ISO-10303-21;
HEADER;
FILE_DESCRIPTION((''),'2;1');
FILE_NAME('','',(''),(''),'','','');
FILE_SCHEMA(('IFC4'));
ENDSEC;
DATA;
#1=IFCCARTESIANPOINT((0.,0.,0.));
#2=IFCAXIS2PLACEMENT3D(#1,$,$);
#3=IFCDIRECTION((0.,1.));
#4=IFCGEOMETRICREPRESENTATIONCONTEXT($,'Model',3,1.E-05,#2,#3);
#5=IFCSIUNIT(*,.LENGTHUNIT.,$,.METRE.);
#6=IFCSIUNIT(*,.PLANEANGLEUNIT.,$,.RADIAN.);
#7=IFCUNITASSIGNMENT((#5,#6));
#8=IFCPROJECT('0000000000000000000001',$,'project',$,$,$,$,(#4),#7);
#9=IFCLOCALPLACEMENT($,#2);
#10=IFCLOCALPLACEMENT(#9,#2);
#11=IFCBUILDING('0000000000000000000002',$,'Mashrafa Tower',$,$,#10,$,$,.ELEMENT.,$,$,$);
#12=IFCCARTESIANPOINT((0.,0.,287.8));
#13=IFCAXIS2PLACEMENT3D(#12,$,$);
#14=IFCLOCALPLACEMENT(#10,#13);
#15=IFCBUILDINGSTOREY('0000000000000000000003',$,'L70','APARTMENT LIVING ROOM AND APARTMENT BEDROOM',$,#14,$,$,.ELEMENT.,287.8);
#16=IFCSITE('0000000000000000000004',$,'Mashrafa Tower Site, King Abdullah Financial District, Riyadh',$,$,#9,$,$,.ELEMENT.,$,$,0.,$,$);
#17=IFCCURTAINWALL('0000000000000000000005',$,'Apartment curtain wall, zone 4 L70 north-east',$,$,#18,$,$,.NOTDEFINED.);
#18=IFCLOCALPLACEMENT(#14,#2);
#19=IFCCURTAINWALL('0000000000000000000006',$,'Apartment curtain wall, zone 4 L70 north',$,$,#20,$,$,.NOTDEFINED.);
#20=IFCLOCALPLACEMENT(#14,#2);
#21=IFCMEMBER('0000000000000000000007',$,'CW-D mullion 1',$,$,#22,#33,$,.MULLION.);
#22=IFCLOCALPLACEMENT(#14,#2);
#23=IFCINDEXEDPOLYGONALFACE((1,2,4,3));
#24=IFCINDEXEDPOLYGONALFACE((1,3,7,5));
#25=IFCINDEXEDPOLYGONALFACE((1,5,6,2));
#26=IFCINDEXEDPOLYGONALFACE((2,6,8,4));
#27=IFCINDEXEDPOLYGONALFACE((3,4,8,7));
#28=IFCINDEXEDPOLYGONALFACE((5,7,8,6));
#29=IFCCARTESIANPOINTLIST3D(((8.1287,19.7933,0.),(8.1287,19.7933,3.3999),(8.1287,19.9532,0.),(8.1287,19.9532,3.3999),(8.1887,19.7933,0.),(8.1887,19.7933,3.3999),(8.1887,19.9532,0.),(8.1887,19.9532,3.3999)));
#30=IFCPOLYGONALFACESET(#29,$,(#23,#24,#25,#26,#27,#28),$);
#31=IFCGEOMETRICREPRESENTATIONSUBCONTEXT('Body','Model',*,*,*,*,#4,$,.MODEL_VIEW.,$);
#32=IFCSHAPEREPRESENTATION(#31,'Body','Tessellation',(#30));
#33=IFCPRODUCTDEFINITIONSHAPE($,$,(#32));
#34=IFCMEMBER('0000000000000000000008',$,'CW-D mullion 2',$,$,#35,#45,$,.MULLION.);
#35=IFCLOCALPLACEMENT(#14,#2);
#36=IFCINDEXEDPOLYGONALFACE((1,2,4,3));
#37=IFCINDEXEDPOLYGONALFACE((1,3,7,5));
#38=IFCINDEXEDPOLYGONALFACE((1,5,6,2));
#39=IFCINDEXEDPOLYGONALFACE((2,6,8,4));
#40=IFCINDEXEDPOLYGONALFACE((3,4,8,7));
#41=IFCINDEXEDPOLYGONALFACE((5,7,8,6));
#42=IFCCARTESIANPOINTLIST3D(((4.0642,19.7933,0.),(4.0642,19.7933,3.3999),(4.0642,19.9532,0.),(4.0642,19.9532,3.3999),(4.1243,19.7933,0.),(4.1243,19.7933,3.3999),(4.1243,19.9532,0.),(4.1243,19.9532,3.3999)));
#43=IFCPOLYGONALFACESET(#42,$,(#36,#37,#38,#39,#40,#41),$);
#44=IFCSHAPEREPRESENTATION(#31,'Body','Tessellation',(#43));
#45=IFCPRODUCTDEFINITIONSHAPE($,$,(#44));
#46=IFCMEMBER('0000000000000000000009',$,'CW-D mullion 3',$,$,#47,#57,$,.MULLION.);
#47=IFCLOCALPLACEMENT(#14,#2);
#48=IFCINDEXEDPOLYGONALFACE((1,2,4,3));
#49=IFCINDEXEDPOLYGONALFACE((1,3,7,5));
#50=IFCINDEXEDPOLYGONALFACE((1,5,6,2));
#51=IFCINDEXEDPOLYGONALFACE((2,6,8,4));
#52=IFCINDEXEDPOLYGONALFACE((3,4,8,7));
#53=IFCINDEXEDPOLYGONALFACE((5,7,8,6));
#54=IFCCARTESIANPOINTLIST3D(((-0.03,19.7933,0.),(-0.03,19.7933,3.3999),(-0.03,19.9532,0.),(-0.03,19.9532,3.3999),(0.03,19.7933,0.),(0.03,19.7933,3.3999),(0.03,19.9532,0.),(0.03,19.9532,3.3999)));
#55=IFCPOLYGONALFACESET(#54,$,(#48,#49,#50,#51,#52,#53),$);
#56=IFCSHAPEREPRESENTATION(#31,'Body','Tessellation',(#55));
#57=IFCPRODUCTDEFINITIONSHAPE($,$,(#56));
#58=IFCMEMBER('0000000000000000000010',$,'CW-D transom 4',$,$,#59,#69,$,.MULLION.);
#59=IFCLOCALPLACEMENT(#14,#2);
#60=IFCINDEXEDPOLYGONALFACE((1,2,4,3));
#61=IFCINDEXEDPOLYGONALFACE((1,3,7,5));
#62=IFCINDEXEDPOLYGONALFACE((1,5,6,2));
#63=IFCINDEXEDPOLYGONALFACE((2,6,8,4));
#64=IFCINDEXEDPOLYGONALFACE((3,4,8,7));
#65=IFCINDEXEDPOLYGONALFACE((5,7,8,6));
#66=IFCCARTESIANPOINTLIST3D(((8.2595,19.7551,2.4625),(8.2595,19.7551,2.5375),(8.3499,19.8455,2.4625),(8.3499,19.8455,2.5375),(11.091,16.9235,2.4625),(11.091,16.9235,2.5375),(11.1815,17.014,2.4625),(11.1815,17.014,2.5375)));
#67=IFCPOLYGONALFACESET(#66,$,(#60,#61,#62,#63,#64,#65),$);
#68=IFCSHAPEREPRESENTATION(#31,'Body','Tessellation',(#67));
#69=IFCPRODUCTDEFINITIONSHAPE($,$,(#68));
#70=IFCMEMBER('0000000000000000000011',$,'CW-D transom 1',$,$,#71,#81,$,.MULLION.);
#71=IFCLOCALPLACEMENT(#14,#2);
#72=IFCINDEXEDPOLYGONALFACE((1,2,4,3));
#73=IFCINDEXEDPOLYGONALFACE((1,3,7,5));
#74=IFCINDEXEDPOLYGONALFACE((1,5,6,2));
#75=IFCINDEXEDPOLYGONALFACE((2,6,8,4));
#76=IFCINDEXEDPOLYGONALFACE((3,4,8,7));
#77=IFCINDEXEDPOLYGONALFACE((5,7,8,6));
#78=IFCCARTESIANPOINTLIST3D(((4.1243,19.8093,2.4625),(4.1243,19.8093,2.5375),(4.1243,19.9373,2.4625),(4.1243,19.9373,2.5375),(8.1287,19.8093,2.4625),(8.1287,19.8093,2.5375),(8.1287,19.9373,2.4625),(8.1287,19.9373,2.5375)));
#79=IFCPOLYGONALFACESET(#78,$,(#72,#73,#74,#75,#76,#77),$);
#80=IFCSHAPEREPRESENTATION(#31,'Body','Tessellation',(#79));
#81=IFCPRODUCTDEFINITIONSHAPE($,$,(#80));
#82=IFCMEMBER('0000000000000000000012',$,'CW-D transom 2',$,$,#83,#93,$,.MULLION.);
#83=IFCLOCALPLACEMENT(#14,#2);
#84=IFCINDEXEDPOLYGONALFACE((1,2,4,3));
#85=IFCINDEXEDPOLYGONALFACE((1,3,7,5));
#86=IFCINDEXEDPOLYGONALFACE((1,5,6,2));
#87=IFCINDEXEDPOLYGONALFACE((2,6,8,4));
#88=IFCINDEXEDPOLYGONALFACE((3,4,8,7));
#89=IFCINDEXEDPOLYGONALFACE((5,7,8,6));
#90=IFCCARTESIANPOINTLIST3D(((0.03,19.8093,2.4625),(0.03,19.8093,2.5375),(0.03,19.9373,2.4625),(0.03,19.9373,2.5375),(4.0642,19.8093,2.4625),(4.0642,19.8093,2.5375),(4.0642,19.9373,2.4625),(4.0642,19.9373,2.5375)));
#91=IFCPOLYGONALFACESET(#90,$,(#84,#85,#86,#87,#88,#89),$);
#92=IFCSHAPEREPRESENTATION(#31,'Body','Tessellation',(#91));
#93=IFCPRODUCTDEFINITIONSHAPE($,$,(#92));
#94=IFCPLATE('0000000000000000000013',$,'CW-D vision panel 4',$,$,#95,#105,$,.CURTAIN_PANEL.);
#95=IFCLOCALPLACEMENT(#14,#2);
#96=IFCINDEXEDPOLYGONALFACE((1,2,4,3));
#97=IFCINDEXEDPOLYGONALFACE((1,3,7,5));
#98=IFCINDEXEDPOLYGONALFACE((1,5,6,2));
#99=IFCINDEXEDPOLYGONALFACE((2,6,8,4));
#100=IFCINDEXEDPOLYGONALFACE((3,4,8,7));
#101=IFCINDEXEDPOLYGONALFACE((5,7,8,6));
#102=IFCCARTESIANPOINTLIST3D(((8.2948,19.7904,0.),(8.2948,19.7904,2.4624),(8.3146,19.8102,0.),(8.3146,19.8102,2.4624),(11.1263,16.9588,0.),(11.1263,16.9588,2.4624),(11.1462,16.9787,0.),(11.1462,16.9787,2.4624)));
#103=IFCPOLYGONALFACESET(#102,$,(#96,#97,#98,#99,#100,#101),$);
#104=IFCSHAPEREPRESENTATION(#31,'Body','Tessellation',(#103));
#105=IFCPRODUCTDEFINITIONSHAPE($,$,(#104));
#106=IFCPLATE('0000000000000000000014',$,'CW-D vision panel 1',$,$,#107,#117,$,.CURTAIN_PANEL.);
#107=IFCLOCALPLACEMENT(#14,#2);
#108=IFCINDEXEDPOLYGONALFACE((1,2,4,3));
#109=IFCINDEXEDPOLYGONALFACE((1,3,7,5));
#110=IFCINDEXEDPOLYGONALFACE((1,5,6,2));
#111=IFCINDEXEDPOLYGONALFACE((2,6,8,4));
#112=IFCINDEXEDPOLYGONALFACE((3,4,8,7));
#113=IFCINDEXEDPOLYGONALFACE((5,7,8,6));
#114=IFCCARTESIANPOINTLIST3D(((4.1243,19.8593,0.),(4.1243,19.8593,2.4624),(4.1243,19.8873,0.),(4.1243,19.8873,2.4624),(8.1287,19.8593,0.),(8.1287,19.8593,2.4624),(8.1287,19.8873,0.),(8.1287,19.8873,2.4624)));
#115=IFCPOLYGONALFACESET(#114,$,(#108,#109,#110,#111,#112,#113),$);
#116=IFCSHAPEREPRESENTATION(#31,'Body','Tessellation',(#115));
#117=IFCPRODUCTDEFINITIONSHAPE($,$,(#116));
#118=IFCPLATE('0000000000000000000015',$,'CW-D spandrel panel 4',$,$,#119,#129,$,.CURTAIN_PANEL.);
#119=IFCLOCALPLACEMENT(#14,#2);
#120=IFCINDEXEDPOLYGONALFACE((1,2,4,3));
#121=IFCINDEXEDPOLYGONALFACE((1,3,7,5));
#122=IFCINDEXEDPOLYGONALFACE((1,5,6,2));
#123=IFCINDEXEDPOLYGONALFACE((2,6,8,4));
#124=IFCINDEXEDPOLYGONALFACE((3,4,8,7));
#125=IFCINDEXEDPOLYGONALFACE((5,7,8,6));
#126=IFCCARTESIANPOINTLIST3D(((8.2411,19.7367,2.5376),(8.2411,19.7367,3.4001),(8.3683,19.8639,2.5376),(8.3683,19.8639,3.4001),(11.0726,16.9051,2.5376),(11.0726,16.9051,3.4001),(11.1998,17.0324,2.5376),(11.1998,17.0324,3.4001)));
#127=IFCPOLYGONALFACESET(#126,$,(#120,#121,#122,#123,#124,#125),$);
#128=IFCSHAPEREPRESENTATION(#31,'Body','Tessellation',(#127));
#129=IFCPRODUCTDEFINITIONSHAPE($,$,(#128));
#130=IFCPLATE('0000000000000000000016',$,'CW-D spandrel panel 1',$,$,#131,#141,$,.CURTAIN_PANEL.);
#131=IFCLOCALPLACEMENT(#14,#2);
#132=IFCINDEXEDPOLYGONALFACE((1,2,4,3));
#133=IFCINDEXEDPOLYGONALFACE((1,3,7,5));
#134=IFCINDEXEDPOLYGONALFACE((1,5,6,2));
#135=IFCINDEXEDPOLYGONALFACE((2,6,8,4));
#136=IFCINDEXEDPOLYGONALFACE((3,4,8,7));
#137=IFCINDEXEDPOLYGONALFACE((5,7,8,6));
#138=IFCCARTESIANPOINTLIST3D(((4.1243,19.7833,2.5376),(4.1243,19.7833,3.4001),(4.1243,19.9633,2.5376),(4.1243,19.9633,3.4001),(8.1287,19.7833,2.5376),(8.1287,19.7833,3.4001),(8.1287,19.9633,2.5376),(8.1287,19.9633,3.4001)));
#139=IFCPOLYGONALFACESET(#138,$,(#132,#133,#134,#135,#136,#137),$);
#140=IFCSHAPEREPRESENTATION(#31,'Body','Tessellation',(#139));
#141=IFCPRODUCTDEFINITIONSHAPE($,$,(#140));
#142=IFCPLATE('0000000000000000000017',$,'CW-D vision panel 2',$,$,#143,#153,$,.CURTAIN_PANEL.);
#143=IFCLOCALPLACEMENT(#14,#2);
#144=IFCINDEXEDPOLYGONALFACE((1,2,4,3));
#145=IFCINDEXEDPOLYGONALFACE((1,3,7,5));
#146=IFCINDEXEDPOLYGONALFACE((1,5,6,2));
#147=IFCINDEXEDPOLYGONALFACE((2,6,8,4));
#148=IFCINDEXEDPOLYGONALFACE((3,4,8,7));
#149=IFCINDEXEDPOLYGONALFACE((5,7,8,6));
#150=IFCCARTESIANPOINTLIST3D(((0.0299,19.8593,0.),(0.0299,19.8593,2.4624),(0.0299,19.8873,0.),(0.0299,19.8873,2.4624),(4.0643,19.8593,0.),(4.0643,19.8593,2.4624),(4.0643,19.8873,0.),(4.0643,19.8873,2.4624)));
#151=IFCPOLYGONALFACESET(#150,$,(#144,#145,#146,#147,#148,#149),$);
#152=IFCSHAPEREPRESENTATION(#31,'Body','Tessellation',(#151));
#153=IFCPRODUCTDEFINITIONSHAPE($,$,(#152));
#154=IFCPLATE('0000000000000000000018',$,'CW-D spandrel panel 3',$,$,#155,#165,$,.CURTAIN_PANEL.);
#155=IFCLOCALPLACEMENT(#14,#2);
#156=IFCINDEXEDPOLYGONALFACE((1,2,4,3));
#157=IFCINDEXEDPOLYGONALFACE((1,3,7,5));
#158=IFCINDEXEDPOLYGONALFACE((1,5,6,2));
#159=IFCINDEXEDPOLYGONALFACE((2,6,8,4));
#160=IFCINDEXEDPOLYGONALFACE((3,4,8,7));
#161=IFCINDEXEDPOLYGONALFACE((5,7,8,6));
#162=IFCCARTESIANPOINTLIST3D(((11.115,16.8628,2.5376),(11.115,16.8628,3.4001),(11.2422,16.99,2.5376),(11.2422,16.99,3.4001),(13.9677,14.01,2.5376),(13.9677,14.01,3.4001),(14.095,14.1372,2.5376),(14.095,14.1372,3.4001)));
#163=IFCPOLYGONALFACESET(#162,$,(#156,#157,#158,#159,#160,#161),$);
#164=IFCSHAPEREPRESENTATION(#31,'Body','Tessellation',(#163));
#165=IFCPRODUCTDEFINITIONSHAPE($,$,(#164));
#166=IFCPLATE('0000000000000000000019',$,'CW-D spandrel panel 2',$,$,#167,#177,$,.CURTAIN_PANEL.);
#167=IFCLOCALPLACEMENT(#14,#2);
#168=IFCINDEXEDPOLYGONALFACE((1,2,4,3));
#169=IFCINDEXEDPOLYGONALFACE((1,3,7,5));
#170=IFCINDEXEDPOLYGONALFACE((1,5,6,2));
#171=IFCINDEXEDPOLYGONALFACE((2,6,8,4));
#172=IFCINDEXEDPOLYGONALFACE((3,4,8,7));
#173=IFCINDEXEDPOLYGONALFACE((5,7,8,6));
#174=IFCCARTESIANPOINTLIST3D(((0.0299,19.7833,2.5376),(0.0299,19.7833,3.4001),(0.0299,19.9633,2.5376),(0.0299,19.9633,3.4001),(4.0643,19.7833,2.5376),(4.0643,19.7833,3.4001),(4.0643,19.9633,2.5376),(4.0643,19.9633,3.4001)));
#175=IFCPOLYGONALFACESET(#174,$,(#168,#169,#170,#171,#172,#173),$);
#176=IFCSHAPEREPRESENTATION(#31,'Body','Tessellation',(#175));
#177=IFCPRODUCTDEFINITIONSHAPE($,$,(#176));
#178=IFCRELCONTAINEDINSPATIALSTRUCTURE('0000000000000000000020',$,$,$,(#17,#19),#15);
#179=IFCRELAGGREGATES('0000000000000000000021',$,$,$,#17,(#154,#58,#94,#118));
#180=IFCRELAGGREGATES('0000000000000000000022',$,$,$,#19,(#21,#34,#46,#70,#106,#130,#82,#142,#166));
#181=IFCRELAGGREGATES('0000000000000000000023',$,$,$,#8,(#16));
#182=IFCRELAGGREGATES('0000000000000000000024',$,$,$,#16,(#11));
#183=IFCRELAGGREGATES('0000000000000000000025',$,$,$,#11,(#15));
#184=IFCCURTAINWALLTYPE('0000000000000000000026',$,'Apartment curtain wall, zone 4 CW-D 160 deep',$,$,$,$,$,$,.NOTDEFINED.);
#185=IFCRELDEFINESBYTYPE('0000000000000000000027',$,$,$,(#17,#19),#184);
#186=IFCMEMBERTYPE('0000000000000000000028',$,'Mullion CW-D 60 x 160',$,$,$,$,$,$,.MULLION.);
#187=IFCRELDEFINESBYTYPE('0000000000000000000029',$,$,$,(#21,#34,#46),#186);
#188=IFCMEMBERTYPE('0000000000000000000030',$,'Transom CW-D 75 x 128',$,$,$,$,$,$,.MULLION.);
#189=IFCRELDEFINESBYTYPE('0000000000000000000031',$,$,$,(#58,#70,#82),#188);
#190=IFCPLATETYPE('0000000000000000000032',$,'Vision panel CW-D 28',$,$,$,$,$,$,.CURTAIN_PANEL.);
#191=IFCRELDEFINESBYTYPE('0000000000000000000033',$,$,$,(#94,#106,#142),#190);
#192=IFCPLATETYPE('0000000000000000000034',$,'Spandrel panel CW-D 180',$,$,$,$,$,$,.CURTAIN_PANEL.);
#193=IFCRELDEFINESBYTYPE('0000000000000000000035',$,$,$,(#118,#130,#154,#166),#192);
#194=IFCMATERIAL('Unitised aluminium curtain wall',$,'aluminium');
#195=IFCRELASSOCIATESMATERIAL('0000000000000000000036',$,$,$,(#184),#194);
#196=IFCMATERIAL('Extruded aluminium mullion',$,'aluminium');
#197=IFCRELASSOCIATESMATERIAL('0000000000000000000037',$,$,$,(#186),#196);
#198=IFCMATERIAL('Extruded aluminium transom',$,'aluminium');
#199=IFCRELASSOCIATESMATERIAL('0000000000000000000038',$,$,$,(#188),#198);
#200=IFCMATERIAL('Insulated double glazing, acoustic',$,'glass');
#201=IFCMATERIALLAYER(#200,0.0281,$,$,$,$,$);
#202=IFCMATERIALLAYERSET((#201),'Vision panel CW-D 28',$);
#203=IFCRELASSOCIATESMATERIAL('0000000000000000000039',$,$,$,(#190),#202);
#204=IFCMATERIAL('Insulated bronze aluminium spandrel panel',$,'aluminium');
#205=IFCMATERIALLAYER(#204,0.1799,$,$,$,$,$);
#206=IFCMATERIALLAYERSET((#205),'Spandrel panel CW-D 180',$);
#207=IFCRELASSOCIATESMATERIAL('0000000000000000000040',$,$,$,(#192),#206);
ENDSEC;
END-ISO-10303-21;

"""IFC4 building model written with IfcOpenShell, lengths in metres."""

from ifc_helpers import new_model, si_unit, direction, frame, origin, origin_2d, place, context, subcontext, project, spatial, rectangle, extrude, source, transform, mapped, material, layer, layer_set, material_profile, profile_set, type_object, type_shapes, element, aggregate, save


model = new_model("IFC4")

# Units and contexts
model_context = context("Model", 3, precision=1e-05, world=origin(), true_north=direction((0.0, 1.0)))
body_context = subcontext(model_context, "Body", "Model", "MODEL_VIEW")
ifc_project = project(units=[si_unit("LENGTHUNIT", "METRE"), si_unit("PLANEANGLEUNIT", "RADIAN")], contexts=[model_context])

# Site, building, storey
site_placement = place(None, origin())
site = spatial("IfcSite", under=ifc_project, at=site_placement, Name="Mashrafa Tower Site, King Abdullah Financial District, Riyadh", CompositionType="ELEMENT", RefElevation=0.0)
building_placement = place(site_placement, origin())
building = spatial("IfcBuilding", under=site, at=building_placement, Name="Mashrafa Tower", CompositionType="ELEMENT")
storey_placement = place(building_placement, frame((0.0, 0.0, 287.8)))
storey = spatial("IfcBuildingStorey", under=building, at=storey_placement, Name="L70", Description="APARTMENT LIVING ROOM AND APARTMENT BEDROOM", CompositionType="ELEMENT", Elevation=287.8)

# Curtain walls, members
ifc_material_1 = material(Name="Unitised aluminium curtain wall", Category="aluminium")
curtain_wall_type = type_object("IfcCurtainWallType", Name="Apartment curtain wall, zone 4 CW-D 160 deep", PredefinedType="NOTDEFINED", material=ifc_material_1)
curtain_wall_1_placement = place(storey_placement, origin())
curtain_wall_1 = element("IfcCurtainWall", 1, at=curtain_wall_1_placement, inside=storey, type_object=curtain_wall_type, Name="Apartment curtain wall, zone 4 L70 north-east", PredefinedType="NOTDEFINED")
ifc_material_2 = material(Name="Extruded aluminium mullion", Category="aluminium")
ifc_material_profile_1 = material_profile(ifc_material_2, rectangle(XDim=0.1599, YDim=0.0601, at=origin_2d()), Name="Mullion 60x160")
ifc_profile_set_1 = profile_set([ifc_material_profile_1], Name="Extruded aluminium mullion")
member_type_1 = type_object("IfcMemberType", Name="Mullion CW-D 60 x 160", PredefinedType="MULLION", material=ifc_profile_set_1)
shared_shape_1 = source(origin(), body_context, "Body", "SweptSolid", [
    extrude(rectangle(XDim=0.1599, YDim=0.0601, at=origin_2d()), origin(), (0.0, 0.0, 1.0), 3.3999),
])
type_shapes(member_type_1, [shared_shape_1])
curtain_wall_2_placement = place(storey_placement, origin())
curtain_wall_2 = element("IfcCurtainWall", 2, at=curtain_wall_2_placement, inside=storey, type_object=curtain_wall_type, Name="Apartment curtain wall, zone 4 L70 north", PredefinedType="NOTDEFINED")
member_1_placement = place(storey_placement, frame((8.1587, 19.8733, 0.0), z_axis=(0.0, 0.0, 1.0), x_axis=(0.0, -1.0, 0.0)))
member_1 = element("IfcMember", 3, at=member_1_placement, type_object=member_type_1, Name="CW-D mullion 1", PredefinedType="MULLION", context=body_context, shape_type="MappedRepresentation", body=[
    mapped(shared_shape_1, transform((0.0, 0.0, 0.0))),
])
member_2_placement = place(storey_placement, frame((4.0942, 19.8733, 0.0), z_axis=(0.0, 0.0, 1.0), x_axis=(0.0, -1.0, 0.0)))
member_2 = element("IfcMember", 4, at=member_2_placement, type_object=member_type_1, Name="CW-D mullion 2", PredefinedType="MULLION", context=body_context, shape_type="MappedRepresentation", body=[
    mapped(shared_shape_1, transform((0.0, 0.0, 0.0))),
])
member_3_placement = place(storey_placement, frame((0.0, 19.8733, 0.0), z_axis=(0.0, 0.0, 1.0), x_axis=(0.0, -1.0, 0.0)))
member_3 = element("IfcMember", 5, at=member_3_placement, type_object=member_type_1, Name="CW-D mullion 3", PredefinedType="MULLION", context=body_context, shape_type="MappedRepresentation", body=[
    mapped(shared_shape_1, transform((0.0, 0.0, 0.0))),
])

# Members
ifc_material_3 = material(Name="Extruded aluminium transom", Category="aluminium")
ifc_material_profile_2 = material_profile(ifc_material_3, rectangle(XDim=0.1279, YDim=0.075, at=origin_2d()), Name="Transom 75x128")
ifc_profile_set_2 = profile_set([ifc_material_profile_2], Name="Extruded aluminium transom")
member_type_2 = type_object("IfcMemberType", Name="Transom CW-D 75 x 128", PredefinedType="MULLION", material=ifc_profile_set_2)
shared_shape_2 = source(origin(), body_context, "Body", "SweptSolid", [
    extrude(rectangle(XDim=0.1279, YDim=0.075, at=origin_2d()), origin(), (0.0, 0.0, 1.0), 4.0044),
])
member_4_placement = place(storey_placement, frame((11.1362, 16.9688, 2.5), z_axis=(-0.707107, 0.707107, 0.0), x_axis=(-0.707107, -0.707107, 0.0)))
member_4 = element("IfcMember", 6, at=member_4_placement, type_object=member_type_2, Name="CW-D transom 4", PredefinedType="MULLION", context=body_context, shape_type="MappedRepresentation", body=[
    mapped(shared_shape_2, transform((0.0, 0.0, 0.0))),
])
member_5_placement = place(storey_placement, frame((8.1287, 19.8733, 2.5), z_axis=(-1.0, 0.0, 0.0), x_axis=(0.0, -1.0, 0.0)))
member_5 = element("IfcMember", 7, at=member_5_placement, type_object=member_type_2, Name="CW-D transom 1", PredefinedType="MULLION", context=body_context, shape_type="MappedRepresentation", body=[
    mapped(shared_shape_2, transform((0.0, 0.0, 0.0))),
])
shared_shape_3 = source(origin(), body_context, "Body", "SweptSolid", [
    extrude(rectangle(XDim=0.1279, YDim=0.075, at=origin_2d()), origin(), (0.0, 0.0, 1.0), 4.0342),
])
type_shapes(member_type_2, [shared_shape_2, shared_shape_3])
member_6_placement = place(storey_placement, frame((4.0642, 19.8733, 2.5), z_axis=(-1.0, 0.0, 0.0), x_axis=(0.0, -1.0, 0.0)))
member_6 = element("IfcMember", 8, at=member_6_placement, type_object=member_type_2, Name="CW-D transom 2", PredefinedType="MULLION", context=body_context, shape_type="MappedRepresentation", body=[
    mapped(shared_shape_3, transform((0.0, 0.0, 0.0))),
])

# Plates
ifc_material_4 = material(Name="Insulated double glazing, acoustic", Category="glass")
ifc_layer_1 = layer(ifc_material_4, 0.0281)
ifc_layer_set_1 = layer_set([ifc_layer_1], Name="Vision panel CW-D 28")
plate_type_1 = type_object("IfcPlateType", Name="Vision panel CW-D 28", PredefinedType="CURTAIN_PANEL", material=ifc_layer_set_1)
shared_shape_4 = source(origin(), body_context, "Body", "SweptSolid", [
    extrude(rectangle(XDim=4.0044, YDim=0.0281, at=origin_2d()), origin(), (0.0, 0.0, 1.0), 2.4624),
])
plate_1_placement = place(storey_placement, frame((9.7205, 18.3845, 0.0), z_axis=(0.0, 0.0, 1.0), x_axis=(-0.707107, 0.707107, 0.0)))
plate_1 = element("IfcPlate", 9, at=plate_1_placement, type_object=plate_type_1, Name="CW-D vision panel 4", PredefinedType="CURTAIN_PANEL", context=body_context, shape_type="MappedRepresentation", body=[
    mapped(shared_shape_4, transform((0.0, 0.0, 0.0))),
])
plate_2_placement = place(storey_placement, frame((6.1265, 19.8733, 0.0), z_axis=(0.0, 0.0, 1.0), x_axis=(-1.0, 0.0, 0.0)))
plate_2 = element("IfcPlate", 10, at=plate_2_placement, type_object=plate_type_1, Name="CW-D vision panel 1", PredefinedType="CURTAIN_PANEL", context=body_context, shape_type="MappedRepresentation", body=[
    mapped(shared_shape_4, transform((0.0, 0.0, 0.0))),
])
ifc_material_5 = material(Name="Insulated bronze aluminium spandrel panel", Category="aluminium")
ifc_layer_2 = layer(ifc_material_5, 0.1799)
ifc_layer_set_2 = layer_set([ifc_layer_2], Name="Spandrel panel CW-D 180")
plate_type_2 = type_object("IfcPlateType", Name="Spandrel panel CW-D 180", PredefinedType="CURTAIN_PANEL", material=ifc_layer_set_2)
shared_shape_5 = source(origin(), body_context, "Body", "SweptSolid", [
    extrude(rectangle(XDim=4.0044, YDim=0.1799, at=origin_2d()), origin(), (0.0, 0.0, 1.0), 0.8625),
])
plate_3_placement = place(storey_placement, frame((9.7205, 18.3845, 2.5376), z_axis=(0.0, 0.0, 1.0), x_axis=(-0.707107, 0.707107, 0.0)))
plate_3 = element("IfcPlate", 11, at=plate_3_placement, type_object=plate_type_2, Name="CW-D spandrel panel 4", PredefinedType="CURTAIN_PANEL", context=body_context, shape_type="MappedRepresentation", body=[
    mapped(shared_shape_5, transform((0.0, 0.0, 0.0))),
])
plate_4_placement = place(storey_placement, frame((6.1265, 19.8733, 2.5376), z_axis=(0.0, 0.0, 1.0), x_axis=(-1.0, 0.0, 0.0)))
plate_4 = element("IfcPlate", 12, at=plate_4_placement, type_object=plate_type_2, Name="CW-D spandrel panel 1", PredefinedType="CURTAIN_PANEL", context=body_context, shape_type="MappedRepresentation", body=[
    mapped(shared_shape_5, transform((0.0, 0.0, 0.0))),
])
shared_shape_6 = source(origin(), body_context, "Body", "SweptSolid", [
    extrude(rectangle(XDim=4.0344, YDim=0.0281, at=origin_2d()), origin(), (0.0, 0.0, 1.0), 2.4624),
])
type_shapes(plate_type_1, [shared_shape_4, shared_shape_6])
plate_5_placement = place(storey_placement, frame((2.0471, 19.8733, 0.0), z_axis=(0.0, 0.0, 1.0), x_axis=(-1.0, 0.0, 0.0)))
plate_5 = element("IfcPlate", 13, at=plate_5_placement, type_object=plate_type_1, Name="CW-D vision panel 2", PredefinedType="CURTAIN_PANEL", context=body_context, shape_type="MappedRepresentation", body=[
    mapped(shared_shape_6, transform((0.0, 0.0, 0.0))),
])
shared_shape_7 = source(origin(), body_context, "Body", "SweptSolid", [
    extrude(rectangle(XDim=4.0344, YDim=0.1799, at=origin_2d()), origin(), (0.0, 0.0, 1.0), 0.8625),
])
type_shapes(plate_type_2, [shared_shape_5, shared_shape_7])
plate_6_placement = place(storey_placement, frame((12.605, 15.5, 2.5376), z_axis=(0.0, 0.0, 1.0), x_axis=(-0.707107, 0.707107, 0.0)))
plate_6 = element("IfcPlate", 14, at=plate_6_placement, type_object=plate_type_2, Name="CW-D spandrel panel 3", PredefinedType="CURTAIN_PANEL", context=body_context, shape_type="MappedRepresentation", body=[
    mapped(shared_shape_7, transform((0.0, 0.0, 0.0))),
])
aggregate(curtain_wall_1, [plate_6, member_4, plate_1, plate_3])
plate_7_placement = place(storey_placement, frame((2.0471, 19.8733, 2.5376), z_axis=(0.0, 0.0, 1.0), x_axis=(-1.0, 0.0, 0.0)))
plate_7 = element("IfcPlate", 15, at=plate_7_placement, type_object=plate_type_2, Name="CW-D spandrel panel 2", PredefinedType="CURTAIN_PANEL", context=body_context, shape_type="MappedRepresentation", body=[
    mapped(shared_shape_7, transform((0.0, 0.0, 0.0))),
])
aggregate(curtain_wall_2, [member_1, member_2, member_3, member_5, plate_2, plate_4, member_6, plate_5, plate_7])

save(model, "model.ifc")
